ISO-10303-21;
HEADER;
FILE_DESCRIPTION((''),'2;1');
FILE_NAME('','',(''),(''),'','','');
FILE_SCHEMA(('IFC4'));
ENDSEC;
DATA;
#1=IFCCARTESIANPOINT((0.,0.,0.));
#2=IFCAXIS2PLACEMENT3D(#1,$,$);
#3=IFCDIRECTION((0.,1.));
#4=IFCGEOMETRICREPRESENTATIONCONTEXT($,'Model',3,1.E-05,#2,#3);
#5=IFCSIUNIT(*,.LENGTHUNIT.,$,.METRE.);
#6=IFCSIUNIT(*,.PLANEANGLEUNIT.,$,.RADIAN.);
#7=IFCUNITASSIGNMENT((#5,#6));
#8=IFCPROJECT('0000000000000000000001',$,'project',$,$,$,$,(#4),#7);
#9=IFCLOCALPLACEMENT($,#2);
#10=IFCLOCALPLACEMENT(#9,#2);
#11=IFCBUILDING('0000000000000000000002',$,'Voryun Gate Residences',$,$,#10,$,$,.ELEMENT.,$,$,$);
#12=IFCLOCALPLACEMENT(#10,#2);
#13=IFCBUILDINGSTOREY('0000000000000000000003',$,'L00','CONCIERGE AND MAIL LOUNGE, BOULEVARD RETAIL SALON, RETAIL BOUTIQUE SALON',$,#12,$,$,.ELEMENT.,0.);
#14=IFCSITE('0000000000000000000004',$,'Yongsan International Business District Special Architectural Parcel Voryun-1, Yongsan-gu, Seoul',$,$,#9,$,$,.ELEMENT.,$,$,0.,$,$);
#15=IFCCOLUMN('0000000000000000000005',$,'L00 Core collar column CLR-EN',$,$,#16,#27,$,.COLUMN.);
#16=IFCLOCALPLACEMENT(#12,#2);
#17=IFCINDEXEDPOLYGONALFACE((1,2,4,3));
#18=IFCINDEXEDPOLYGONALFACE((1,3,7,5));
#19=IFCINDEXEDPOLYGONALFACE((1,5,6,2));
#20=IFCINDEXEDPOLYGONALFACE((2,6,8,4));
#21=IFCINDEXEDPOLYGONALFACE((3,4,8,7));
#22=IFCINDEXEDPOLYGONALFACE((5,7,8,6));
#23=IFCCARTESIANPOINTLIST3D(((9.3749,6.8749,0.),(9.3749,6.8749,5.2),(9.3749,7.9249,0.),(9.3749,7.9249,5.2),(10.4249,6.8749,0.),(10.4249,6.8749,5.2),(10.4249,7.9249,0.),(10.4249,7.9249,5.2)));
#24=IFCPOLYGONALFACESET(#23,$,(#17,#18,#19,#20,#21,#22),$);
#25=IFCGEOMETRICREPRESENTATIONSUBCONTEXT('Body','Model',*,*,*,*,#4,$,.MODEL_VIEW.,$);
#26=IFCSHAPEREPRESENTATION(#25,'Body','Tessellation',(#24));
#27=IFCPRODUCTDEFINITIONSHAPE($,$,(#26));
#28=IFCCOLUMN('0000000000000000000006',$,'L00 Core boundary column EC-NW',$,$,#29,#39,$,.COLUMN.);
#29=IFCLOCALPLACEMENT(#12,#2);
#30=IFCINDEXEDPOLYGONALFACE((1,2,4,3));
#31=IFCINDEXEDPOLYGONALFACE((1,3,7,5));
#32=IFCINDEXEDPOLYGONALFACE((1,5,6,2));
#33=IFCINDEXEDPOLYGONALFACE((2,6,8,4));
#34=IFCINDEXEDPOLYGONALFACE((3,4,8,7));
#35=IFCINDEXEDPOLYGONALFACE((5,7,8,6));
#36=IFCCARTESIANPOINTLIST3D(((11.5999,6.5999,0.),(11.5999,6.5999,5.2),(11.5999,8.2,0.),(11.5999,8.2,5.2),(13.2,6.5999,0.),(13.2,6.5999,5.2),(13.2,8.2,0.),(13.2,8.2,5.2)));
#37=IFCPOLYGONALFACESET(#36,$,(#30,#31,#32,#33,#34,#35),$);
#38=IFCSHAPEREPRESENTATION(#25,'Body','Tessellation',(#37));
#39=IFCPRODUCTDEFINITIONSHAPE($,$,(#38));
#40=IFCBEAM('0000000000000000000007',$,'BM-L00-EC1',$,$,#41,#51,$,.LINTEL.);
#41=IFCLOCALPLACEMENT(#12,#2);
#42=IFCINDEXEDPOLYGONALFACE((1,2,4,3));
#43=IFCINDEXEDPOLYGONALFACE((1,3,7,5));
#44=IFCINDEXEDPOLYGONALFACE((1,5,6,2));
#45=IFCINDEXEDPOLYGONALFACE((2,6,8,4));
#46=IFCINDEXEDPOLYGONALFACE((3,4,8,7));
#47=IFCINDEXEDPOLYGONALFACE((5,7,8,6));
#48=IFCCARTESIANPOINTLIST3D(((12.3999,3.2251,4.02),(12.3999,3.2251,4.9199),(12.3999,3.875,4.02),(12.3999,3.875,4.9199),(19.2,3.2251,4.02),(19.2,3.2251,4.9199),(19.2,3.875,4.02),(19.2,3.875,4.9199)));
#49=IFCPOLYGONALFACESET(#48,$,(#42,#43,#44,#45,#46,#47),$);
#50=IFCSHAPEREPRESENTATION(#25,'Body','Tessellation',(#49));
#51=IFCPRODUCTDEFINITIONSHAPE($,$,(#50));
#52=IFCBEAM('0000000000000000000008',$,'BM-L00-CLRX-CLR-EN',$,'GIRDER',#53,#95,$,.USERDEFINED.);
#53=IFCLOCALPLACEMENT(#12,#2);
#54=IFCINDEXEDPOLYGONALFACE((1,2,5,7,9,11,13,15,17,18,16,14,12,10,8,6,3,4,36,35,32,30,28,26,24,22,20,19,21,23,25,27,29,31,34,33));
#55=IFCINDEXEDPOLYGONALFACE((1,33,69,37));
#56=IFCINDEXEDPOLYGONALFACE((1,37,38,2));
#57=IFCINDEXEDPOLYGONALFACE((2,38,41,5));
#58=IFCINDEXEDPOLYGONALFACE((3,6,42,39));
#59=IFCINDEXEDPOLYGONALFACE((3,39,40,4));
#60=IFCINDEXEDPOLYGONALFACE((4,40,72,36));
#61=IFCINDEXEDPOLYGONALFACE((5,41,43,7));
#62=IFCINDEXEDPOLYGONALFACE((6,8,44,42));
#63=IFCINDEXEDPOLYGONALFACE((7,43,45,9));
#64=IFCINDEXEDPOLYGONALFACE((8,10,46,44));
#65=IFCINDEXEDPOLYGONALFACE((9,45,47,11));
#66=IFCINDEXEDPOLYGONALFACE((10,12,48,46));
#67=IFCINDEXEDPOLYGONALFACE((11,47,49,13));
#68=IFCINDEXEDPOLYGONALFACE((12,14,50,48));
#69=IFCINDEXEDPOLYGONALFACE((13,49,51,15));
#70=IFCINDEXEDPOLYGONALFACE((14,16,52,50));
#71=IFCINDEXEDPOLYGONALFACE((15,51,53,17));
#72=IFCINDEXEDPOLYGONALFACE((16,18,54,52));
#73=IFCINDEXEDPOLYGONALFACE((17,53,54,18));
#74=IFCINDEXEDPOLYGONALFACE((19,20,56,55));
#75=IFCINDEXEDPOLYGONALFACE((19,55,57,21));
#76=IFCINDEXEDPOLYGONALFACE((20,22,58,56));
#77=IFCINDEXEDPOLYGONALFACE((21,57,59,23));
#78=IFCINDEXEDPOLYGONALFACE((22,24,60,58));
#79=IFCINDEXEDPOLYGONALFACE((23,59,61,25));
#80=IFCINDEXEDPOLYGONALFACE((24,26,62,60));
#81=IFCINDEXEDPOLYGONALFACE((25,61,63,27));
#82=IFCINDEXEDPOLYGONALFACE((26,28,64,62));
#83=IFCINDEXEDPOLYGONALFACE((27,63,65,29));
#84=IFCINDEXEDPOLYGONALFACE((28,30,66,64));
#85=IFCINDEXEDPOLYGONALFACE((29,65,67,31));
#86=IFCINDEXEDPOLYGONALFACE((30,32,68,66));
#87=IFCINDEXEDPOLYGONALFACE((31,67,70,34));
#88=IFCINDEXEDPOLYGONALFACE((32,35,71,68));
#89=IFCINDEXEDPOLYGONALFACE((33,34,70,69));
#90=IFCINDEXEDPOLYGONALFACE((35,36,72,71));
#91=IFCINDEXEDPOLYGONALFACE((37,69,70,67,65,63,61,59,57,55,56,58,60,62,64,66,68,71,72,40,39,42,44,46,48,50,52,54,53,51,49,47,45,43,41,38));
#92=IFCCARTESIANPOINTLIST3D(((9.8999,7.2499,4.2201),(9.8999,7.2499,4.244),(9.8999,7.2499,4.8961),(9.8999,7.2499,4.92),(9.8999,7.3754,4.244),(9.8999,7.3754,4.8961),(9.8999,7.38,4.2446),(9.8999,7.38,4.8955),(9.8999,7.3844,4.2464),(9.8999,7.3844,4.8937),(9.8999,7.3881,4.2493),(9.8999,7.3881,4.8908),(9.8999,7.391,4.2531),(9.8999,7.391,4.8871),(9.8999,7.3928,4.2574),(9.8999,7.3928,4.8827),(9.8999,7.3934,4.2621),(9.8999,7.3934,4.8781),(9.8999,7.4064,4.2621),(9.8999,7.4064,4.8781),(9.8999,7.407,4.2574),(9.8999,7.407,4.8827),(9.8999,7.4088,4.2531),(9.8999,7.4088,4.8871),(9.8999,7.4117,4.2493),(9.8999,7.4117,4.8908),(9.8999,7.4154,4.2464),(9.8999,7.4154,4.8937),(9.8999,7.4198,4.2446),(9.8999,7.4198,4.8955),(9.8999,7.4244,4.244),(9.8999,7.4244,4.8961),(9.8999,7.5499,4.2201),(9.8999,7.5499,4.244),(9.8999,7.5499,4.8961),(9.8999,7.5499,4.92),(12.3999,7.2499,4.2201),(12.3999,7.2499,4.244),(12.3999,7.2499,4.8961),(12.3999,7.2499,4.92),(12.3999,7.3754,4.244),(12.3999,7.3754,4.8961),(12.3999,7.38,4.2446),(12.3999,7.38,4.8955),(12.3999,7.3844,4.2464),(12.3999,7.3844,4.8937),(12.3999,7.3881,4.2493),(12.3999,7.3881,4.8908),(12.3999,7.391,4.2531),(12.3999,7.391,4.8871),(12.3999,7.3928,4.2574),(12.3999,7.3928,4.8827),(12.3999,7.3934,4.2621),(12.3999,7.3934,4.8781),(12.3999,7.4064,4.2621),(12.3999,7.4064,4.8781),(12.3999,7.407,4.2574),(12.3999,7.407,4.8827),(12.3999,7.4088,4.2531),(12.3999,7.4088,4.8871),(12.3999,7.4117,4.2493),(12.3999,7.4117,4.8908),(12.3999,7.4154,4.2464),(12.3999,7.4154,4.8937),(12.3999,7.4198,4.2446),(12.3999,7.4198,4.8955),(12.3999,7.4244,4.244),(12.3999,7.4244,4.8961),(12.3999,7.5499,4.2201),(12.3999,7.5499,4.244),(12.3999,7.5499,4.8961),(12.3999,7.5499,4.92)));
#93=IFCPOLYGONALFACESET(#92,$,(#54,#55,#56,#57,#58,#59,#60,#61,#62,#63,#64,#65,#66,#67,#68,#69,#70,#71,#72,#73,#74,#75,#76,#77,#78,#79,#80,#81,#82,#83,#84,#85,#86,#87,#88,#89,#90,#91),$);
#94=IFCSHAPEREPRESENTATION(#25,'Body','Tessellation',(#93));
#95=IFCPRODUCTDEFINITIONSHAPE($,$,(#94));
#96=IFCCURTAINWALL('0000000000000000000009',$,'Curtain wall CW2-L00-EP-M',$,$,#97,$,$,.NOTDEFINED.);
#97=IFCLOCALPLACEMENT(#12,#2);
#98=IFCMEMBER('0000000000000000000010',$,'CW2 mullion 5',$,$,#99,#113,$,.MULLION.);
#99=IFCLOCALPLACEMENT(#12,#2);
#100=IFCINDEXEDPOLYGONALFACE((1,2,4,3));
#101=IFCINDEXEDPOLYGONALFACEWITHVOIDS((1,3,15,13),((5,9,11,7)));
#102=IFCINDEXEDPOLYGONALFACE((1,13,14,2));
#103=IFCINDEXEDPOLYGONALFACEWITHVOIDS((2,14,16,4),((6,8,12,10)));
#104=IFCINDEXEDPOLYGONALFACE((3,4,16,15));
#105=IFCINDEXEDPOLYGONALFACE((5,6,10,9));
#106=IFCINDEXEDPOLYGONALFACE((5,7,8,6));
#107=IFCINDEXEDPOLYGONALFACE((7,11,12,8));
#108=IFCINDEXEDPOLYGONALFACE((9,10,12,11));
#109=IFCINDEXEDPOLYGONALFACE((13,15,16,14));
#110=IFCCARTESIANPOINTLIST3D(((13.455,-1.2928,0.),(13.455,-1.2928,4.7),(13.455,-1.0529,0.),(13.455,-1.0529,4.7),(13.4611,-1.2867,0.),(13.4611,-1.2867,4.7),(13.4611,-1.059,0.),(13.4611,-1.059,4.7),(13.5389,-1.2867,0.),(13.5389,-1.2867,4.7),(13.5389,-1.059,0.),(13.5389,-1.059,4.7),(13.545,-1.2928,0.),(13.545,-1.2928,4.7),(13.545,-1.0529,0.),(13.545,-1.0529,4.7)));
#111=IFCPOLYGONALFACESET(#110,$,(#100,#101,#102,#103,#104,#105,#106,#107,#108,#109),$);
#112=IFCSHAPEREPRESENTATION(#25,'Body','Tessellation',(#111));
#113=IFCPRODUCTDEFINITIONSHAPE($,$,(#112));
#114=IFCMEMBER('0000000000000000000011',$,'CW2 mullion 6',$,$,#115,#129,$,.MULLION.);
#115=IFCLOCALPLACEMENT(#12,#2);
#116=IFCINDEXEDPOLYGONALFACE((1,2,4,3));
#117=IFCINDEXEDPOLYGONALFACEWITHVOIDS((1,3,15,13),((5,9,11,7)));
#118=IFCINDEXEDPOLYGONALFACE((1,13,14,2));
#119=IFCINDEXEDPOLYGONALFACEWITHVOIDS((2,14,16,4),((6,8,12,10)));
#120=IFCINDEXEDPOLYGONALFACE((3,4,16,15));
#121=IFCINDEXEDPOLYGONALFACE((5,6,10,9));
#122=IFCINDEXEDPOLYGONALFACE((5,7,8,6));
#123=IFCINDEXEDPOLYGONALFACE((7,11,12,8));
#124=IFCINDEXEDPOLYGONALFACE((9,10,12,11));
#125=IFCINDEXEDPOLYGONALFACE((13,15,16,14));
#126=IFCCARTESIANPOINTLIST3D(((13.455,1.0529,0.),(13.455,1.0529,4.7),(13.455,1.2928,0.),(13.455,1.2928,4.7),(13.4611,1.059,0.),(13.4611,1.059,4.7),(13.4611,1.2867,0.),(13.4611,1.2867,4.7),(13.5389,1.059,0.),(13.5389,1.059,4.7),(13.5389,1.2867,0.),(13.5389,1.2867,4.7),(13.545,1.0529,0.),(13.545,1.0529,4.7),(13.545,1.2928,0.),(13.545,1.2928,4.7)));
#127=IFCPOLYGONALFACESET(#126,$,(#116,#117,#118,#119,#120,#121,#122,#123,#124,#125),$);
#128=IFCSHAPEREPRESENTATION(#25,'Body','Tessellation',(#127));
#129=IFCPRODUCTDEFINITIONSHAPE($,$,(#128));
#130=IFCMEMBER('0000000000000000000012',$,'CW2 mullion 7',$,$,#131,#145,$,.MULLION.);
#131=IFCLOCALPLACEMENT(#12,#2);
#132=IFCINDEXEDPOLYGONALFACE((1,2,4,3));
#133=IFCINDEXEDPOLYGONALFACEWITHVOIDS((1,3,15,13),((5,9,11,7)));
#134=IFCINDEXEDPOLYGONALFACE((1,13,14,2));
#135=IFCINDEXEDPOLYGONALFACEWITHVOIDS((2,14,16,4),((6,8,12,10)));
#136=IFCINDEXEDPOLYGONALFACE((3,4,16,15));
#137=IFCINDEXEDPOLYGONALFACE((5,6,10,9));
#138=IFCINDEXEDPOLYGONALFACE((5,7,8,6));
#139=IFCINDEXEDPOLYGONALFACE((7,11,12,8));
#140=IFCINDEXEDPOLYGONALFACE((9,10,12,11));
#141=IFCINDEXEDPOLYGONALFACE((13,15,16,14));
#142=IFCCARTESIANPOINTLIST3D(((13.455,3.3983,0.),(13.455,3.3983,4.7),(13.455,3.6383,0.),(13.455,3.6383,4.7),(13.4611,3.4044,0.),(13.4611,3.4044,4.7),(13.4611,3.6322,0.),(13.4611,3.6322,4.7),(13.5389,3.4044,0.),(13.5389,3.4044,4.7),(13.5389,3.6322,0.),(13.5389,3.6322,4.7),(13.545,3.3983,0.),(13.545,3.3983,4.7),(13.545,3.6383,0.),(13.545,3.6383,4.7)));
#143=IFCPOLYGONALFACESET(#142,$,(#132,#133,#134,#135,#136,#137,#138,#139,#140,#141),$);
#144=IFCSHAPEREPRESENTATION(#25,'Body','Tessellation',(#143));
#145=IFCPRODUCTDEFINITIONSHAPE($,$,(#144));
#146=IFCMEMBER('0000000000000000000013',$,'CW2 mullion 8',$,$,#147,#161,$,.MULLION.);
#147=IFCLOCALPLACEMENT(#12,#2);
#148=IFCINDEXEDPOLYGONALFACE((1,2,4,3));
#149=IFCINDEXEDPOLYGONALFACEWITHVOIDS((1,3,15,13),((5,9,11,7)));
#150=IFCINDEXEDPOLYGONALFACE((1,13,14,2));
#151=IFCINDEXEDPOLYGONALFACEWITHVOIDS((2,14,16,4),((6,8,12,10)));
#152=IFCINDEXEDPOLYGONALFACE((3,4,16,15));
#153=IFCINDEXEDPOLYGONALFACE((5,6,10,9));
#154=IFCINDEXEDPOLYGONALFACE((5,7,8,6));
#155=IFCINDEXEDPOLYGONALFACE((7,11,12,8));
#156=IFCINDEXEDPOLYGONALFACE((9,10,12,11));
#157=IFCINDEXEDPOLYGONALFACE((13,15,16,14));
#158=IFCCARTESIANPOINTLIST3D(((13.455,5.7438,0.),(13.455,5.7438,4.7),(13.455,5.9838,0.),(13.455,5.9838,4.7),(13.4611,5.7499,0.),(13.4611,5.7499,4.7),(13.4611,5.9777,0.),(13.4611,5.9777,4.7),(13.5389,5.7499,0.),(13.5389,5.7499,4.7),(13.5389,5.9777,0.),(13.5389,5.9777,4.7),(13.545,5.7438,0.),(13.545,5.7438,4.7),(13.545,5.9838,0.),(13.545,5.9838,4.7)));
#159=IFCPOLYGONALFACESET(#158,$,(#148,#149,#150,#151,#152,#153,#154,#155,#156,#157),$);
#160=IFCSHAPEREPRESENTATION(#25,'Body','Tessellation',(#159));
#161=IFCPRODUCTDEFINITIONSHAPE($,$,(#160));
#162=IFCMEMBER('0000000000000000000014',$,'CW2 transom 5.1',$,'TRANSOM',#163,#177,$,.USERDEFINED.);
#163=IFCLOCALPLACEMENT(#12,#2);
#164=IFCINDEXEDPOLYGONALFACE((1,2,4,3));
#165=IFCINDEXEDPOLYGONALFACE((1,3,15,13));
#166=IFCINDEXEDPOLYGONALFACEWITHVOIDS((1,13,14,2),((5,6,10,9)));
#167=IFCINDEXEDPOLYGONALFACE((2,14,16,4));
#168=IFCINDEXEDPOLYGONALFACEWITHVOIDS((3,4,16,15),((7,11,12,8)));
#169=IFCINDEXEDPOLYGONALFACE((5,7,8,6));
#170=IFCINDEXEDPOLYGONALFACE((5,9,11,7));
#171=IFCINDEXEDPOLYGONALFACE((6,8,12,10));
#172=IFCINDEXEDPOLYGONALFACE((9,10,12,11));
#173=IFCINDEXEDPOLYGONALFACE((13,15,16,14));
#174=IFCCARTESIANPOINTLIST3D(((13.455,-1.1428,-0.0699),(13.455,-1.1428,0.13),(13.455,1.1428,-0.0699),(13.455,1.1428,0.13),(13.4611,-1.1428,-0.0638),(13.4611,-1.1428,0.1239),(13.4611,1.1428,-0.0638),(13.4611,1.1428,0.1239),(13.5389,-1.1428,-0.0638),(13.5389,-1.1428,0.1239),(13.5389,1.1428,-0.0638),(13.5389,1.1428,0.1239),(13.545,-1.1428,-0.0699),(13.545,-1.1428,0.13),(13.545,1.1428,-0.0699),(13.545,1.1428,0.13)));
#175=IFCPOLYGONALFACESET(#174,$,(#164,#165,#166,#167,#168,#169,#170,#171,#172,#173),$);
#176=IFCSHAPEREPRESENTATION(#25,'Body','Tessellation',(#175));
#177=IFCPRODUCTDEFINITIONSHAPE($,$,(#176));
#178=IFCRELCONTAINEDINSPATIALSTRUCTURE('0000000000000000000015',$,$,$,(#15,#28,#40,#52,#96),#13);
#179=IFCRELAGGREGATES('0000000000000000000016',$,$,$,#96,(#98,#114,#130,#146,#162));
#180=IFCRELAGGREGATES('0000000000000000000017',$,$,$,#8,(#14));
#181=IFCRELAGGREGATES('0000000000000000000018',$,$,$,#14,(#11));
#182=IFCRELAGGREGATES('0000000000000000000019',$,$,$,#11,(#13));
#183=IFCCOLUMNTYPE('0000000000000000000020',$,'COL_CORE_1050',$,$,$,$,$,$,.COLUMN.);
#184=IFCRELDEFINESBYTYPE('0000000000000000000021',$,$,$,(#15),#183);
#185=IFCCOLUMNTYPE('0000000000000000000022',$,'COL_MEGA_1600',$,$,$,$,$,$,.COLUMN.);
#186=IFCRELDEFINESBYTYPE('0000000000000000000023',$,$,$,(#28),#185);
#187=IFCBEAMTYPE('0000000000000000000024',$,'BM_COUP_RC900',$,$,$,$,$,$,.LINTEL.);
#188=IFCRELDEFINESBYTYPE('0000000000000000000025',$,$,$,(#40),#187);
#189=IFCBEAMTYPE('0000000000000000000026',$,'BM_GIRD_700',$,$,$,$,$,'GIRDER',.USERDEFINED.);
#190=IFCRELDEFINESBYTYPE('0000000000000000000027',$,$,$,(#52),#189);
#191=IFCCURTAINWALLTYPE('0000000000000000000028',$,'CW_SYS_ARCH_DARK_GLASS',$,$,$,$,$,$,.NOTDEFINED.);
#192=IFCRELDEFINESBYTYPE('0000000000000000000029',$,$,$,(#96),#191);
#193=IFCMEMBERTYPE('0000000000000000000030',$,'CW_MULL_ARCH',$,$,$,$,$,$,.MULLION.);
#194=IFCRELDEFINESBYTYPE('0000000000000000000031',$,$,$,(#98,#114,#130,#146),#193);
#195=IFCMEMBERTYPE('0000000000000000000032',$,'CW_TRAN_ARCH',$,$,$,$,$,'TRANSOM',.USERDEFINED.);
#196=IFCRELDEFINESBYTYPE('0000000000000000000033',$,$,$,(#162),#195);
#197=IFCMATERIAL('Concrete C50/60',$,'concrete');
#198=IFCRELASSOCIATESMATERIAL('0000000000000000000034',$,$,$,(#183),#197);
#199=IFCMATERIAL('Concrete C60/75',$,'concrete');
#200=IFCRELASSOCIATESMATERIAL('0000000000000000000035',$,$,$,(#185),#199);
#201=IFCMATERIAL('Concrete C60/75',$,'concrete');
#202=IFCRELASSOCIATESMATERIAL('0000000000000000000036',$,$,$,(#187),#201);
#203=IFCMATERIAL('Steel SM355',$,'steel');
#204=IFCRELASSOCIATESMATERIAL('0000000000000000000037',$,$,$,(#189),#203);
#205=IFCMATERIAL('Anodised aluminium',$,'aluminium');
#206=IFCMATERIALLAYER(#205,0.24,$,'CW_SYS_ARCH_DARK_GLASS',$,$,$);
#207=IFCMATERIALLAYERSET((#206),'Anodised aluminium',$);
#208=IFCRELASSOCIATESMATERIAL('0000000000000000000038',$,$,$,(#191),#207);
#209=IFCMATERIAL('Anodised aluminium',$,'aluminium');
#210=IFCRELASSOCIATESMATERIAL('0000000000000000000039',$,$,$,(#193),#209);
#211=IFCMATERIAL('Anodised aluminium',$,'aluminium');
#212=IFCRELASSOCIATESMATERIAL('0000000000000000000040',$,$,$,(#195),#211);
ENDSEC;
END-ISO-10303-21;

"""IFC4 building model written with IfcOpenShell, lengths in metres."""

from ifc_helpers import new_model, si_unit, direction, frame, origin, origin_2d, place, context, subcontext, project, spatial, rectangle, hollow_rectangle, i_section, extrude, material, layer, layer_set, material_profile, profile_set, type_object, element, aggregate, save


model = new_model("IFC4")

# Units and contexts
model_context = context("Model", 3, precision=1e-05, world=origin(), true_north=direction((0.0, 1.0)))
body_context = subcontext(model_context, "Body", "Model", "MODEL_VIEW")
ifc_project = project(units=[si_unit("LENGTHUNIT", "METRE"), si_unit("PLANEANGLEUNIT", "RADIAN")], contexts=[model_context])

# Site, building, storey
site_placement = place(None, origin())
site = spatial("IfcSite", under=ifc_project, at=site_placement, Name="Yongsan International Business District Special Architectural Parcel Voryun-1, Yongsan-gu, Seoul", CompositionType="ELEMENT", RefElevation=0.0)
building_placement = place(site_placement, origin())
building = spatial("IfcBuilding", under=site, at=building_placement, Name="Voryun Gate Residences", CompositionType="ELEMENT")
storey_placement = place(building_placement, origin())
storey = spatial("IfcBuildingStorey", under=building, at=storey_placement, Name="L00", Description="CONCIERGE AND MAIL LOUNGE, BOULEVARD RETAIL SALON, RETAIL BOUTIQUE SALON", CompositionType="ELEMENT", Elevation=0.0)

# Columns
ifc_material_1 = material(Name="Concrete C50/60", Category="concrete")
ifc_material_profile_1 = material_profile(ifc_material_1, rectangle(XDim=1.05, YDim=1.05, at=origin_2d()), Name="RC-1050x1050")
ifc_profile_set_1 = profile_set([ifc_material_profile_1], Name="Concrete C50/60")
column_type_1 = type_object("IfcColumnType", Name="COL_CORE_1050", PredefinedType="COLUMN", material=ifc_profile_set_1)
column_1_placement = place(storey_placement, frame((9.8999, 7.3999, 0.0), z_axis=(0.0, 0.0, 1.0), x_axis=(1.0, 0.0, 0.0)))
element("IfcColumn", 1, at=column_1_placement, inside=storey, type_object=column_type_1, Name="L00 Core collar column CLR-EN", PredefinedType="COLUMN", context=body_context, shape_type="SweptSolid", body=[
    extrude(rectangle(XDim=1.05, YDim=1.05, at=origin_2d()), origin(), (0.0, 0.0, 1.0), 5.2),
])
ifc_material_2 = material(Name="Concrete C60/75", Category="concrete")
ifc_material_profile_2 = material_profile(ifc_material_2, rectangle(XDim=1.6001, YDim=1.6001, at=origin_2d()), Name="RC-1600x1600")
ifc_profile_set_2 = profile_set([ifc_material_profile_2], Name="Concrete C60/75")
column_type_2 = type_object("IfcColumnType", Name="COL_MEGA_1600", PredefinedType="COLUMN", material=ifc_profile_set_2)
column_2_placement = place(storey_placement, frame((12.3999, 7.3999, 0.0), z_axis=(0.0, 0.0, 1.0), x_axis=(1.0, 0.0, 0.0)))
element("IfcColumn", 2, at=column_2_placement, inside=storey, type_object=column_type_2, Name="L00 Core boundary column EC-NW", PredefinedType="COLUMN", context=body_context, shape_type="SweptSolid", body=[
    extrude(rectangle(XDim=1.6001, YDim=1.6001, at=origin_2d()), origin(), (0.0, 0.0, 1.0), 5.2),
])

# Beams
ifc_material_3 = material(Name="Concrete C60/75", Category="concrete")
ifc_material_profile_3 = material_profile(ifc_material_3, rectangle(XDim=0.6499, YDim=0.8999, at=origin_2d()), Name="RC-650x900")
ifc_profile_set_3 = profile_set([ifc_material_profile_3], Name="Concrete C60/75")
beam_type_1 = type_object("IfcBeamType", Name="BM_COUP_RC900", PredefinedType="LINTEL", material=ifc_profile_set_3)
beam_1_placement = place(storey_placement, frame((12.3999, 3.55, 4.47), z_axis=(1.0, 0.0, 0.0), x_axis=(0.0, 1.0, 0.0)))
element("IfcBeam", 3, at=beam_1_placement, inside=storey, type_object=beam_type_1, Name="BM-L00-EC1", PredefinedType="LINTEL", context=body_context, shape_type="SweptSolid", body=[
    extrude(rectangle(XDim=0.6499, YDim=0.8999, at=origin_2d()), origin(), (0.0, 0.0, 1.0), 6.8),
])
ifc_material_4 = material(Name="Steel SM355", Category="steel")
ifc_material_profile_4 = material_profile(ifc_material_4, i_section(OverallWidth=0.3, OverallDepth=0.7, WebThickness=0.0129, FlangeThickness=0.0239, FilletRadius=0.0181, at=origin_2d()), Name="H-700x300x13x24")
ifc_profile_set_4 = profile_set([ifc_material_profile_4], Name="Steel SM355")
beam_type_2 = type_object("IfcBeamType", Name="BM_GIRD_700", ElementType="GIRDER", PredefinedType="USERDEFINED", material=ifc_profile_set_4)
beam_2_placement = place(storey_placement, frame((12.3999, 7.3999, 4.5701), z_axis=(-1.0, 0.0, 0.0), x_axis=(0.0, -1.0, 0.0)))
element("IfcBeam", 4, at=beam_2_placement, inside=storey, type_object=beam_type_2, Name="BM-L00-CLRX-CLR-EN", ObjectType="GIRDER", PredefinedType="USERDEFINED", context=body_context, shape_type="SweptSolid", body=[
    extrude(i_section(OverallWidth=0.3, OverallDepth=0.7, WebThickness=0.0129, FlangeThickness=0.0239, FilletRadius=0.0181, at=origin_2d()), origin(), (0.0, 0.0, 1.0), 2.5),
])

# Curtain wall, members
ifc_material_5 = material(Name="Anodised aluminium", Category="aluminium")
ifc_layer_1 = layer(ifc_material_5, 0.24, Name="CW_SYS_ARCH_DARK_GLASS")
ifc_layer_set_1 = layer_set([ifc_layer_1], Name="Anodised aluminium")
curtain_wall_type = type_object("IfcCurtainWallType", Name="CW_SYS_ARCH_DARK_GLASS", PredefinedType="NOTDEFINED", material=ifc_layer_set_1)
curtain_wall_placement = place(storey_placement, origin())
curtain_wall = element("IfcCurtainWall", 5, at=curtain_wall_placement, inside=storey, type_object=curtain_wall_type, Name="Curtain wall CW2-L00-EP-M", PredefinedType="NOTDEFINED")
ifc_material_6 = material(Name="Anodised aluminium", Category="aluminium")
ifc_material_profile_5 = material_profile(ifc_material_6, hollow_rectangle(XDim=0.0901, YDim=0.24, WallThickness=0.0061, at=origin_2d()), Name="ALU-MULL-240x90x6")
ifc_profile_set_5 = profile_set([ifc_material_profile_5], Name="Anodised aluminium")
member_type_1 = type_object("IfcMemberType", Name="CW_MULL_ARCH", PredefinedType="MULLION", material=ifc_profile_set_5)
member_1_placement = place(storey_placement, frame((13.5, -1.1729, 0.0), z_axis=(0.0, 0.0, 1.0), x_axis=(-1.0, 0.0, 0.0)))
member_1 = element("IfcMember", 6, at=member_1_placement, type_object=member_type_1, Name="CW2 mullion 5", PredefinedType="MULLION", context=body_context, shape_type="SweptSolid", body=[
    extrude(hollow_rectangle(XDim=0.0901, YDim=0.24, WallThickness=0.0061, at=origin_2d()), origin(), (0.0, 0.0, 1.0), 4.7),
])
member_2_placement = place(storey_placement, frame((13.5, 1.1729, 0.0), z_axis=(0.0, 0.0, 1.0), x_axis=(-1.0, 0.0, 0.0)))
member_2 = element("IfcMember", 7, at=member_2_placement, type_object=member_type_1, Name="CW2 mullion 6", PredefinedType="MULLION", context=body_context, shape_type="SweptSolid", body=[
    extrude(hollow_rectangle(XDim=0.0901, YDim=0.24, WallThickness=0.0061, at=origin_2d()), origin(), (0.0, 0.0, 1.0), 4.7),
])
member_3_placement = place(storey_placement, frame((13.5, 3.5183, 0.0), z_axis=(0.0, 0.0, 1.0), x_axis=(-1.0, 0.0, 0.0)))
member_3 = element("IfcMember", 8, at=member_3_placement, type_object=member_type_1, Name="CW2 mullion 7", PredefinedType="MULLION", context=body_context, shape_type="SweptSolid", body=[
    extrude(hollow_rectangle(XDim=0.0901, YDim=0.24, WallThickness=0.0061, at=origin_2d()), origin(), (0.0, 0.0, 1.0), 4.7),
])
member_4_placement = place(storey_placement, frame((13.5, 5.8638, 0.0), z_axis=(0.0, 0.0, 1.0), x_axis=(-1.0, 0.0, 0.0)))
member_4 = element("IfcMember", 9, at=member_4_placement, type_object=member_type_1, Name="CW2 mullion 8", PredefinedType="MULLION", context=body_context, shape_type="SweptSolid", body=[
    extrude(hollow_rectangle(XDim=0.0901, YDim=0.24, WallThickness=0.0061, at=origin_2d()), origin(), (0.0, 0.0, 1.0), 4.7),
])
ifc_material_7 = material(Name="Anodised aluminium", Category="aluminium")
ifc_material_profile_6 = material_profile(ifc_material_7, hollow_rectangle(XDim=0.0901, YDim=0.2, WallThickness=0.0061, at=origin_2d()), Name="ALU-TRAN-200x90x6")
ifc_profile_set_6 = profile_set([ifc_material_profile_6], Name="Anodised aluminium")
member_type_2 = type_object("IfcMemberType", Name="CW_TRAN_ARCH", ElementType="TRANSOM", PredefinedType="USERDEFINED", material=ifc_profile_set_6)
member_5_placement = place(storey_placement, frame((13.5, -1.1428, 0.03), z_axis=(0.0, 1.0, 0.0), x_axis=(-1.0, 0.0, 0.0)))
member_5 = element("IfcMember", 10, at=member_5_placement, type_object=member_type_2, Name="CW2 transom 5.1", ObjectType="TRANSOM", PredefinedType="USERDEFINED", context=body_context, shape_type="SweptSolid", body=[
    extrude(hollow_rectangle(XDim=0.0901, YDim=0.2, WallThickness=0.0061, at=origin_2d()), origin(), (0.0, 0.0, 1.0), 2.2856),
])
aggregate(curtain_wall, [member_1, member_2, member_3, member_4, member_5])

save(model, "model.ifc")
